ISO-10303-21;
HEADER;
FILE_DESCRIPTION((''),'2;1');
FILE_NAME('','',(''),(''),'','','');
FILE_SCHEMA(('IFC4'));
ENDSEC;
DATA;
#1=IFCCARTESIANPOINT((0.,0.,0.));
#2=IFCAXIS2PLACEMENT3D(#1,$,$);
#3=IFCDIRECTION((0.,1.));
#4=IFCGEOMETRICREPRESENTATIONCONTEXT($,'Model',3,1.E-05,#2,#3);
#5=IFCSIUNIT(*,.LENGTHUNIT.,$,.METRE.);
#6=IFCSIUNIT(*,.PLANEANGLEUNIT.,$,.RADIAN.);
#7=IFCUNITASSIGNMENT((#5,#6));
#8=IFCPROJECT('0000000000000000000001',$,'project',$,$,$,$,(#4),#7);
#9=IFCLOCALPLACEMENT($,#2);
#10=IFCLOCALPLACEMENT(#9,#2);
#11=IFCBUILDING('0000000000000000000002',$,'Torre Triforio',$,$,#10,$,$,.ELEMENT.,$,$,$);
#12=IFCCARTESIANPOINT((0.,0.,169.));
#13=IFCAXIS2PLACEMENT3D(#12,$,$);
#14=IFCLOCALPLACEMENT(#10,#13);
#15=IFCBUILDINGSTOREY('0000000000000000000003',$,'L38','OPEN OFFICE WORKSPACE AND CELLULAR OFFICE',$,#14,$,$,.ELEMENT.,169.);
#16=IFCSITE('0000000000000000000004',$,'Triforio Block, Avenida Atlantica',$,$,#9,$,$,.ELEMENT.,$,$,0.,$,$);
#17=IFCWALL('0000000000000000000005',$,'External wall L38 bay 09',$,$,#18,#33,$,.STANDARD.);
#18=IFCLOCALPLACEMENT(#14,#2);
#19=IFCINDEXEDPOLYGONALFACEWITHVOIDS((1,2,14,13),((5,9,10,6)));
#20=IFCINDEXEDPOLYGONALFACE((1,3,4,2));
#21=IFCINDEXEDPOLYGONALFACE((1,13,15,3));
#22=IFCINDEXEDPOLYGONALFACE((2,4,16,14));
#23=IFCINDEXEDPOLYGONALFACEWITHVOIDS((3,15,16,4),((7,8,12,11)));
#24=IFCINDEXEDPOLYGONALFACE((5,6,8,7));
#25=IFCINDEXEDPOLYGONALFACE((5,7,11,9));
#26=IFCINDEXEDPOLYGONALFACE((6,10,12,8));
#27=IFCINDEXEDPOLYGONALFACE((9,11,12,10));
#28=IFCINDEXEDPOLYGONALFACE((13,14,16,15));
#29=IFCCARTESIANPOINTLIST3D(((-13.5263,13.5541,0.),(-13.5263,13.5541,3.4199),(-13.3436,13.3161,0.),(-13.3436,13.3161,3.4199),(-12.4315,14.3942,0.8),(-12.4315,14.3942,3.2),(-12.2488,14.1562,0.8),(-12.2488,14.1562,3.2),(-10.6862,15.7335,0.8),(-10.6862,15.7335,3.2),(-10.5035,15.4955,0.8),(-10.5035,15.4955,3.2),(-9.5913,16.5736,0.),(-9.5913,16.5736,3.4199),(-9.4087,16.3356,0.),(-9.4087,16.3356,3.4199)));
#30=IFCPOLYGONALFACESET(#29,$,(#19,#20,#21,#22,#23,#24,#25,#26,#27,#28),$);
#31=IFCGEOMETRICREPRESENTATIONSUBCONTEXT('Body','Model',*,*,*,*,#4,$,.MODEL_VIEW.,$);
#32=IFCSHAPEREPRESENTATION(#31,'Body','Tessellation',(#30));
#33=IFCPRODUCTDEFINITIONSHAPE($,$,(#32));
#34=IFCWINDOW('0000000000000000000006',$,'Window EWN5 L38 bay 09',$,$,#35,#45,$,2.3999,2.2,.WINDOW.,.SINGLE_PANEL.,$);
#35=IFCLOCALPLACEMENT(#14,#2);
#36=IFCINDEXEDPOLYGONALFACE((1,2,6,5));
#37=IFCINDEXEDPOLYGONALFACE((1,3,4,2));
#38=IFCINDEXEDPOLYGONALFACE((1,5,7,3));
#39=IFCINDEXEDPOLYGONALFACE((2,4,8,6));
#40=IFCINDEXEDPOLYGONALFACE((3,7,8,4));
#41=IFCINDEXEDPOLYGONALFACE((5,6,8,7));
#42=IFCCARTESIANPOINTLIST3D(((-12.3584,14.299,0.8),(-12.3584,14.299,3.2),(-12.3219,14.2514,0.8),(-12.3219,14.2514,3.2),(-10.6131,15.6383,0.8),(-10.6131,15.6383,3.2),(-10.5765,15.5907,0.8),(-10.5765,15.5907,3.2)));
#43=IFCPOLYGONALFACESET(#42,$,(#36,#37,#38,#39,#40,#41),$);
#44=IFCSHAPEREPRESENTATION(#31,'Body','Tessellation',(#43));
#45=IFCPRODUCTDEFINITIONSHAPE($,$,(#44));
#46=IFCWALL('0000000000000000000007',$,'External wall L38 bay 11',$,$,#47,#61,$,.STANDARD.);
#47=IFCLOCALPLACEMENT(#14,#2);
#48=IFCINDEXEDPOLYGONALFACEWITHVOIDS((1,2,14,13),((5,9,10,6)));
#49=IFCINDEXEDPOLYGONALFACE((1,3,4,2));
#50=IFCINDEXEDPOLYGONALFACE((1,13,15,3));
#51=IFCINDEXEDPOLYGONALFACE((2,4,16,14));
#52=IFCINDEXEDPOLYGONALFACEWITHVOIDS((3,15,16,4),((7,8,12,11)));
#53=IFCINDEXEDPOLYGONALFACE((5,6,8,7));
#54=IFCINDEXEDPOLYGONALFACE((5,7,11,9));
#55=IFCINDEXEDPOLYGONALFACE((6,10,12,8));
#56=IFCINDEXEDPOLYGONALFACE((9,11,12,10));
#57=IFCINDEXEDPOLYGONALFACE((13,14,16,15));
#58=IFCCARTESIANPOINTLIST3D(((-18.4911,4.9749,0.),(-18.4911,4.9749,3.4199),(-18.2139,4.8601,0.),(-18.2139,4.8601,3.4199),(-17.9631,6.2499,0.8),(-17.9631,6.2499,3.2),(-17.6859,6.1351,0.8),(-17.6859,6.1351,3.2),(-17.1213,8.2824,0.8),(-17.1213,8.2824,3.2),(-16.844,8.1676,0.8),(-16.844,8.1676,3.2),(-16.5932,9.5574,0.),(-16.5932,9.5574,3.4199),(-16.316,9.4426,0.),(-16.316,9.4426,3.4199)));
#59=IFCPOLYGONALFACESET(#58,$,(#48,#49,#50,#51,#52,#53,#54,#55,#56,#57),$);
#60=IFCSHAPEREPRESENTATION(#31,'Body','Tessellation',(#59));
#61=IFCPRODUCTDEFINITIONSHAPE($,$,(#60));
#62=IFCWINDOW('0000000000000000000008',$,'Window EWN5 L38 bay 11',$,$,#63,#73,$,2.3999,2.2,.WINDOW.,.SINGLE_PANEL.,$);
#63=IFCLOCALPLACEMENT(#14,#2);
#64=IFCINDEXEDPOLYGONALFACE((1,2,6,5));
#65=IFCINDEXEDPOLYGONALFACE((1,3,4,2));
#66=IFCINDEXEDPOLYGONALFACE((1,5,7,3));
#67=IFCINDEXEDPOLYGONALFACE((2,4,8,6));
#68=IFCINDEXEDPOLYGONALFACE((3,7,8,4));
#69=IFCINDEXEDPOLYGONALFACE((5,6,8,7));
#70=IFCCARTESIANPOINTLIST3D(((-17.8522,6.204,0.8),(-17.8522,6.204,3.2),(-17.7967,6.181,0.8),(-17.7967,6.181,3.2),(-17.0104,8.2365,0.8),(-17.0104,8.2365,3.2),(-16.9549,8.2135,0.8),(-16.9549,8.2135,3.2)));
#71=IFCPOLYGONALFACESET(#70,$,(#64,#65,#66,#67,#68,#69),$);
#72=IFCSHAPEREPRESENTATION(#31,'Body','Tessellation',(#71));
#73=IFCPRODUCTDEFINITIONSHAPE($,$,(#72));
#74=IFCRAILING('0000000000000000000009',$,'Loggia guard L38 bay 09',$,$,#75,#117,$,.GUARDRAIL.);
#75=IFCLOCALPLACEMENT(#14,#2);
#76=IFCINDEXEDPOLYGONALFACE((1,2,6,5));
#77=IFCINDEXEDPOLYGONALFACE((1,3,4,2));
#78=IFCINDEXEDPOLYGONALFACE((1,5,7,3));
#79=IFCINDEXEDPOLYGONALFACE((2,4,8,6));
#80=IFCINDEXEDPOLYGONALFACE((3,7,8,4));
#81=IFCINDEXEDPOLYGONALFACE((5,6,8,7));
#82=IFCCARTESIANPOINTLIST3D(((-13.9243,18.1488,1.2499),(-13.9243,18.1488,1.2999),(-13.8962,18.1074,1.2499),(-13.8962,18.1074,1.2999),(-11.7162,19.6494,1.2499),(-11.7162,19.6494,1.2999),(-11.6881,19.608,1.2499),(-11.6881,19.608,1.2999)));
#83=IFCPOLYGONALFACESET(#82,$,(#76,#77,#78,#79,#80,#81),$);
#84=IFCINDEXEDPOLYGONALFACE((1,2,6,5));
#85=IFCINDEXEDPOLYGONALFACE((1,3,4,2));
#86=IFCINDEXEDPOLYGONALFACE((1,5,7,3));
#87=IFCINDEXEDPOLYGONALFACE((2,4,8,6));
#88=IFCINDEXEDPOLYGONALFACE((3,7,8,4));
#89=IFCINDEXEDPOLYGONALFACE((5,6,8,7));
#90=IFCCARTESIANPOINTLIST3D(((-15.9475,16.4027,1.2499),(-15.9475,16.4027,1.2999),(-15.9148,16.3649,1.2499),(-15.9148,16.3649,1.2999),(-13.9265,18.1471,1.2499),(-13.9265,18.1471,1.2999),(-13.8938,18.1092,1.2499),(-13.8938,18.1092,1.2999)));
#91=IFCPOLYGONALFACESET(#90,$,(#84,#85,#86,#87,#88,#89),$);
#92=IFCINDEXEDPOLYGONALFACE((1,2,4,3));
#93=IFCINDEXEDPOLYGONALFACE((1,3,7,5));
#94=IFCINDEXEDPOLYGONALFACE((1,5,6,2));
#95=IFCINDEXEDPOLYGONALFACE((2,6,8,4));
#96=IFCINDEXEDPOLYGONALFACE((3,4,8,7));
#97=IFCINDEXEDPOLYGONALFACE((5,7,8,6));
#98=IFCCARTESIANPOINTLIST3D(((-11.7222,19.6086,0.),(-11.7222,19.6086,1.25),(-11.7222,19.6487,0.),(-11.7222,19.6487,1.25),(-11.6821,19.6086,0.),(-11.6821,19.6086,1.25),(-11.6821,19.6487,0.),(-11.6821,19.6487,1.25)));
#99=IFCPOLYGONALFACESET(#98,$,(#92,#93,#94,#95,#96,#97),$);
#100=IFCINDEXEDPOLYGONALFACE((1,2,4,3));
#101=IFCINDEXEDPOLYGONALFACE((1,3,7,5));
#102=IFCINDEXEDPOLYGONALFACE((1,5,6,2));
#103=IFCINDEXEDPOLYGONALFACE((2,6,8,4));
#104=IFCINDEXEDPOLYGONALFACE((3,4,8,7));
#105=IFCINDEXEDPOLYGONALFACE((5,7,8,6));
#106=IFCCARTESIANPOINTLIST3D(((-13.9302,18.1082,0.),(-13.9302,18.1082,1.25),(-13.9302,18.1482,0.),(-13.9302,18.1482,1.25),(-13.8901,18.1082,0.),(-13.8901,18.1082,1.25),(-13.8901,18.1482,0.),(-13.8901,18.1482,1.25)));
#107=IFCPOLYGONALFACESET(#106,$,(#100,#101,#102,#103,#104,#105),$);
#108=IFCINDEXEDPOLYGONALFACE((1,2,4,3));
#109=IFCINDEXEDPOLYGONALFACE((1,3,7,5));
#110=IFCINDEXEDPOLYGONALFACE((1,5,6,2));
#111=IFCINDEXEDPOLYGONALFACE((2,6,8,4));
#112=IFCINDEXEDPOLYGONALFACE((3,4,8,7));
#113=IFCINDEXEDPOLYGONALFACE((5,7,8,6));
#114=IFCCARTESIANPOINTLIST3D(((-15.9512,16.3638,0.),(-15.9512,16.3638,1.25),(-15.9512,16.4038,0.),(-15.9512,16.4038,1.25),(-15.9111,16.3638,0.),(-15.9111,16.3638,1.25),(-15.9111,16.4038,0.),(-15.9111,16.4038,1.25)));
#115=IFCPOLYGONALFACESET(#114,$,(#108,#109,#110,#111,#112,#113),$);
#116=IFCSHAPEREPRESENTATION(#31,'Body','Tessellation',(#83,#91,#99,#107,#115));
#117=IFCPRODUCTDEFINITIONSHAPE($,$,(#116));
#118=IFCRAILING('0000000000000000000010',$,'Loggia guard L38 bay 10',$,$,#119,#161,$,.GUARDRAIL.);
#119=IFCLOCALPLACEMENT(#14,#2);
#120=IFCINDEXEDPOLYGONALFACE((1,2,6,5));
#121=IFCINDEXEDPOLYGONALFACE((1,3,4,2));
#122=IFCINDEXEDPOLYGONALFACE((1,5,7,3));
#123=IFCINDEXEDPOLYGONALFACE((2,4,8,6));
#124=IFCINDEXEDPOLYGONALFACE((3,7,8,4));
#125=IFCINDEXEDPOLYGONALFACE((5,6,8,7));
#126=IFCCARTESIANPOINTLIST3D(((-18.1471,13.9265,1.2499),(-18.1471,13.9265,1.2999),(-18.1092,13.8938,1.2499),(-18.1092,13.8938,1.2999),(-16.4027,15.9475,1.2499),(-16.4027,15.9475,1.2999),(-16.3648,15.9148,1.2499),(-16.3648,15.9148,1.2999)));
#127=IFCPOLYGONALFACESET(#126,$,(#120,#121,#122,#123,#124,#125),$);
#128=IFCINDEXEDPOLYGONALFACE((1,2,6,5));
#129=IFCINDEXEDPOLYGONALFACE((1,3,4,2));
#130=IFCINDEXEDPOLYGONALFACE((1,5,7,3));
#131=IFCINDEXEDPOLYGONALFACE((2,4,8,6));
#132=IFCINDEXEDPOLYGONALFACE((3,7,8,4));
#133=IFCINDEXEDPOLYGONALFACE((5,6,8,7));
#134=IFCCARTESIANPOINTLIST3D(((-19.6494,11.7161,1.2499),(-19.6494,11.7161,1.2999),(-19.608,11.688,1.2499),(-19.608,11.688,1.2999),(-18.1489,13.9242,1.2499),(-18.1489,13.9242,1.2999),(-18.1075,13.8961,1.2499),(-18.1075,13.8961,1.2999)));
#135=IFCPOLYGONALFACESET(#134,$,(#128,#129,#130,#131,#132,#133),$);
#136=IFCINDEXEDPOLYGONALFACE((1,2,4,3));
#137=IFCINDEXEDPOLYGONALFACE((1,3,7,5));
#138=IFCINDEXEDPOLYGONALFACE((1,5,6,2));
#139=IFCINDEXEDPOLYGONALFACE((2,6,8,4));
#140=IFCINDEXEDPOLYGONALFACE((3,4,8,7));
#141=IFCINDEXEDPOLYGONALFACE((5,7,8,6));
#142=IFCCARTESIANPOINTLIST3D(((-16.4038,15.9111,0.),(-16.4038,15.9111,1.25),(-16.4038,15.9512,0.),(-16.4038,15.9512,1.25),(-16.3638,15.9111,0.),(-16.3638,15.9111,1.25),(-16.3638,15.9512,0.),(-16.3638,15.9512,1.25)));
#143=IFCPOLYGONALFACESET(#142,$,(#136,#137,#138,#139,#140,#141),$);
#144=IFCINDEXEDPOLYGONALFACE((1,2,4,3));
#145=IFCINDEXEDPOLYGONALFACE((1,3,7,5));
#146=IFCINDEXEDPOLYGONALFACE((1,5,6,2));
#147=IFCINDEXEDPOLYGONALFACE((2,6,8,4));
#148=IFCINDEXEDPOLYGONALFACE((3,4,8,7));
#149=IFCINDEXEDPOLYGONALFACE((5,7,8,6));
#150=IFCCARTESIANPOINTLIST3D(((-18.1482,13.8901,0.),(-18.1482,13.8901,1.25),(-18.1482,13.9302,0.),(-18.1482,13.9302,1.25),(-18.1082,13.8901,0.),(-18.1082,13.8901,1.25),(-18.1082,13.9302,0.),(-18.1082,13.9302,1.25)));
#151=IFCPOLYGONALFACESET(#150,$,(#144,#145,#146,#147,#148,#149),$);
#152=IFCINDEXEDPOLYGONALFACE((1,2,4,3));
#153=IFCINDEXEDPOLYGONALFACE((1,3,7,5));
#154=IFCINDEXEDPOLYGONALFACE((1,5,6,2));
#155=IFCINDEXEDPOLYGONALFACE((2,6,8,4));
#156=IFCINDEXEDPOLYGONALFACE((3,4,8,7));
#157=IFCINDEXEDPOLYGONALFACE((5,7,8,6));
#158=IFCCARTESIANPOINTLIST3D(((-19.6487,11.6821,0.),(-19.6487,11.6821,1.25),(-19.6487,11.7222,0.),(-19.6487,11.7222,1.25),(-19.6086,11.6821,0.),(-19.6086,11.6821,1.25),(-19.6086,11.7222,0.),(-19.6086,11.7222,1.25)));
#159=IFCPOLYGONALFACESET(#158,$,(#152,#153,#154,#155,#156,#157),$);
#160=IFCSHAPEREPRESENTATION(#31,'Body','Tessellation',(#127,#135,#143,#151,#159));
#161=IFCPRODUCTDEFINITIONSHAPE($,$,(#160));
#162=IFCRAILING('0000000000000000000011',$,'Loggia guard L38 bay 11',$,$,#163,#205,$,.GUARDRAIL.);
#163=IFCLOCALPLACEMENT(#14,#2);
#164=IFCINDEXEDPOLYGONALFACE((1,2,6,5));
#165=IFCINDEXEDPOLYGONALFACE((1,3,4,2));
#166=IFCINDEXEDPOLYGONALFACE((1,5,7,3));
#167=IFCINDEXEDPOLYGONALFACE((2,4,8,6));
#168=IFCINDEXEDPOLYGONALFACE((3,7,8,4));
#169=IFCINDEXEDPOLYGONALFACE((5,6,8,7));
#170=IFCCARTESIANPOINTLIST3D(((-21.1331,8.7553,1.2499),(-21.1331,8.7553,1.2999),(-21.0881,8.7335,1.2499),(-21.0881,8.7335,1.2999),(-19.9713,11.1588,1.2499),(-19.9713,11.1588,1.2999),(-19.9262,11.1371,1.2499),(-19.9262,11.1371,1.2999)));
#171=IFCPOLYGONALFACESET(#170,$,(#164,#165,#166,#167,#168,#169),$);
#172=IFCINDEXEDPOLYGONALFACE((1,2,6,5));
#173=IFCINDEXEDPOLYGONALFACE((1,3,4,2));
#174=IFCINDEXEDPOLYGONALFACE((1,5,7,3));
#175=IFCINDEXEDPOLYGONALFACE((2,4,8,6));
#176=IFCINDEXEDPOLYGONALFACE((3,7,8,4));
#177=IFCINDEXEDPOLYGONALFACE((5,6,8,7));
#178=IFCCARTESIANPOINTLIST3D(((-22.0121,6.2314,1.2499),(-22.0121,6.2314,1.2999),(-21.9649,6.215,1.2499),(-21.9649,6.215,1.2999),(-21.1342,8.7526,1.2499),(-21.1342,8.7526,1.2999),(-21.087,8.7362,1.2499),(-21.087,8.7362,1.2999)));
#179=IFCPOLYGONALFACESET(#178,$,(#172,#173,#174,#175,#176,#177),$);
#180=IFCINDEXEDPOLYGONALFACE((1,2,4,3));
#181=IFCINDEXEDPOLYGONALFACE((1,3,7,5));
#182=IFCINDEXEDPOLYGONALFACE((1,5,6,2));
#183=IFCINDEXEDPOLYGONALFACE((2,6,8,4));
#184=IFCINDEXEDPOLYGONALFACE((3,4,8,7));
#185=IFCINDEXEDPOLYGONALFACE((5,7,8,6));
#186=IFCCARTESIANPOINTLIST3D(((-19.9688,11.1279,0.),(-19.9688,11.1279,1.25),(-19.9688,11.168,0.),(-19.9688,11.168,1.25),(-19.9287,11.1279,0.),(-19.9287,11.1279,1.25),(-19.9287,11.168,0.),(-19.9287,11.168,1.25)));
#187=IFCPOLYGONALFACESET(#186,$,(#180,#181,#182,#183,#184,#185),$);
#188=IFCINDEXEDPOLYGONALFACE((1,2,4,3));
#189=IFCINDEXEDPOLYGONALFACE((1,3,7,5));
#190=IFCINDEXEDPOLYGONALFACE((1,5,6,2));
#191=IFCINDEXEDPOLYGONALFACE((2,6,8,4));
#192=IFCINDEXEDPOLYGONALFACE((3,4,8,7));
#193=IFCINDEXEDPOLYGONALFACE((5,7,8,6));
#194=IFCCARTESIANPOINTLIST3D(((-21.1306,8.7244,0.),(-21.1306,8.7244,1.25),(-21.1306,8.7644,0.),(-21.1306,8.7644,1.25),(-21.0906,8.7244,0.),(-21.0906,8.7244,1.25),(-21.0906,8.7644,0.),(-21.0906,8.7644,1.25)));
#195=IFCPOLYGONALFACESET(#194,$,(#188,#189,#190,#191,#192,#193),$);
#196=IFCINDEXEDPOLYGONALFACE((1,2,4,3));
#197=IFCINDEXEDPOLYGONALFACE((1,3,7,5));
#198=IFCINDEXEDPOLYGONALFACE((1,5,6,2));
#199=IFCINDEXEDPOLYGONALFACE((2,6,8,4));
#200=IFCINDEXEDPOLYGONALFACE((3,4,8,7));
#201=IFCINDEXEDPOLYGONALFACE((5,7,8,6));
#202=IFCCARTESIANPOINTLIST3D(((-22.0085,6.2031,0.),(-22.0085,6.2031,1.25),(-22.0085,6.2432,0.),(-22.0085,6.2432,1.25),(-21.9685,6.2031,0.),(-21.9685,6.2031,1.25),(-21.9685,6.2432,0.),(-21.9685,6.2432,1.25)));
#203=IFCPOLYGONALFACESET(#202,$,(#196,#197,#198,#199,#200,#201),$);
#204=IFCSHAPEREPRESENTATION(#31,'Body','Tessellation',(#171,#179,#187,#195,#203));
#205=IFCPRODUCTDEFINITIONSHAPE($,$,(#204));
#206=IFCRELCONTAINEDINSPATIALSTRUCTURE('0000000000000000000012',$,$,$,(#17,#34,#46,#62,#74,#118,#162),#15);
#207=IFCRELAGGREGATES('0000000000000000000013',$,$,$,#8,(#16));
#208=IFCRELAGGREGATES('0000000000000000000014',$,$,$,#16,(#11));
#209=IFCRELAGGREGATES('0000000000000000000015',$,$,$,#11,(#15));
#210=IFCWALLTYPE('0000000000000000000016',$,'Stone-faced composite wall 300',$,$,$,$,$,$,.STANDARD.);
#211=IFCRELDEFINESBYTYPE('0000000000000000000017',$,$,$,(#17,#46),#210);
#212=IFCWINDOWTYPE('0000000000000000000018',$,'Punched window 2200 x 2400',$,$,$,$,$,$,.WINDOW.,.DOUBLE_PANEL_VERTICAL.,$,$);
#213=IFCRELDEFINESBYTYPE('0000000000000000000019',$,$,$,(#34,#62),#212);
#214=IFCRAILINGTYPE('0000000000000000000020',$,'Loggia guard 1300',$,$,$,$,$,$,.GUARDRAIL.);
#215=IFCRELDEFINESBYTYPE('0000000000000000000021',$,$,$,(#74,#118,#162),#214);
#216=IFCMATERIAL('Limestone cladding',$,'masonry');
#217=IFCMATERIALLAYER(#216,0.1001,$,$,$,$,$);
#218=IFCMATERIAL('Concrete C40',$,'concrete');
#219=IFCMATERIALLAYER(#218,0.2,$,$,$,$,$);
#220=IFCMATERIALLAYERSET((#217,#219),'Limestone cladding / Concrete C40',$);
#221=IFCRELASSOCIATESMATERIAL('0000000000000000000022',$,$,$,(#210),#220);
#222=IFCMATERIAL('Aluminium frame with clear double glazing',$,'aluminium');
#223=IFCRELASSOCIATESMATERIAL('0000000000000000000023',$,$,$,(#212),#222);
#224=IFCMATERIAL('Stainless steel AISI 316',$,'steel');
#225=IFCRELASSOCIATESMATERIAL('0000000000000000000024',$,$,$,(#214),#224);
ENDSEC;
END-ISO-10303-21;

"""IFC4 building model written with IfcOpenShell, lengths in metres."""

from ifc_helpers import new_model, si_unit, direction, frame, frame_2d, origin, origin_2d, place, context, subcontext, project, spatial, rectangle, extrude, material, layer, layer_set, type_object, element, fill, save


model = new_model("IFC4")

# Units and contexts
model_context = context("Model", 3, precision=1e-05, world=origin(), true_north=direction((0.0, 1.0)))
body_context = subcontext(model_context, "Body", "Model", "MODEL_VIEW")
ifc_project = project(units=[si_unit("LENGTHUNIT", "METRE"), si_unit("PLANEANGLEUNIT", "RADIAN")], contexts=[model_context])

# Site, building, storey
site_placement = place(None, origin())
site = spatial("IfcSite", under=ifc_project, at=site_placement, Name="Triforio Block, Avenida Atlantica", CompositionType="ELEMENT", RefElevation=0.0)
building_placement = place(site_placement, origin())
building = spatial("IfcBuilding", under=site, at=building_placement, Name="Torre Triforio", CompositionType="ELEMENT")
storey_placement = place(building_placement, frame((0.0, 0.0, 169.0)))
storey = spatial("IfcBuildingStorey", under=building, at=storey_placement, Name="L38", Description="OPEN OFFICE WORKSPACE AND CELLULAR OFFICE", CompositionType="ELEMENT", Elevation=169.0)

# Shared definitions
ifc_material_1 = material(Name="Concrete C40", Category="concrete")

# Shared definitions
ifc_material_2 = material(Name="Limestone cladding", Category="masonry")

# Wall, opening, window
ifc_layer_1 = layer(ifc_material_2, 0.1001)
ifc_layer_2 = layer(ifc_material_1, 0.2)
ifc_layer_set_1 = layer_set([ifc_layer_1, ifc_layer_2], Name="Limestone cladding / Concrete C40")
wall_type_1 = type_object("IfcWallType", Name="Stone-faced composite wall 300", PredefinedType="STANDARD", material=ifc_layer_set_1)
wall_1_placement = place(storey_placement, frame((-9.5, 16.4546, 0.0), z_axis=(0.0, 0.0, 1.0), x_axis=(-0.793348, -0.608768, 0.0)))
wall_1 = element("IfcWall", 1, at=wall_1_placement, inside=storey, type_object=wall_type_1, Name="External wall L38 bay 09", PredefinedType="STANDARD", context=body_context, shape_type="SweptSolid", body=[
    extrude(rectangle(XDim=4.96, YDim=0.3, at=frame_2d((2.48, 0.0))), origin(), (0.0, 0.0, 1.0), 3.4199),
])
opening_1_placement = place(wall_1_placement, frame((1.3799, 0.0, 0.8)))
opening_1 = element("IfcOpeningElement", 2, at=opening_1_placement, cuts=wall_1, PredefinedType="OPENING", context=body_context, shape_type="SweptSolid", body=[
    extrude(rectangle(XDim=2.2, YDim=2.3999, at=frame_2d((1.1001, 1.2))), frame((0.0, 0.1599, 0.0), z_axis=(0.0, -1.0, 0.0), x_axis=(1.0, 0.0, 0.0)), (0.0, 0.0, 1.0), 0.3201),
])
ifc_material_3 = material(Name="Aluminium frame with clear double glazing", Category="aluminium")
window_type_1 = type_object("IfcWindowType", Name="Punched window 2200 x 2400", PartitioningType="DOUBLE_PANEL_VERTICAL", PredefinedType="WINDOW", material=ifc_material_3)
window_1_placement = place(opening_1_placement, origin())
window_1 = element("IfcWindow", 3, at=window_1_placement, inside=storey, type_object=window_type_1, Name="Window EWN5 L38 bay 09", OverallHeight=2.3999, OverallWidth=2.2, PartitioningType="SINGLE_PANEL", PredefinedType="WINDOW", context=body_context, shape_type="SweptSolid", body=[
    extrude(rectangle(XDim=2.2, YDim=2.3999, at=frame_2d((1.1001, 1.2))), frame((0.0, 0.03, 0.0), z_axis=(0.0, -1.0, 0.0), x_axis=(1.0, 0.0, 0.0)), (0.0, 0.0, 1.0), 0.0601),
])
fill(opening_1, window_1)

# Wall, opening, window
wall_2_placement = place(storey_placement, frame((-16.4546, 9.5, 0.0), z_axis=(0.0, 0.0, 1.0), x_axis=(-0.38265, -0.923893, 0.0)))
wall_2 = element("IfcWall", 4, at=wall_2_placement, inside=storey, type_object=wall_type_1, Name="External wall L38 bay 11", PredefinedType="STANDARD", context=body_context, shape_type="SweptSolid", body=[
    extrude(rectangle(XDim=4.96, YDim=0.3, at=frame_2d((2.48, 0.0))), origin(), (0.0, 0.0, 1.0), 3.4199),
])
opening_2_placement = place(wall_2_placement, frame((1.3799, 0.0, 0.8)))
opening_2 = element("IfcOpeningElement", 5, at=opening_2_placement, cuts=wall_2, PredefinedType="OPENING", context=body_context, shape_type="SweptSolid", body=[
    extrude(rectangle(XDim=2.2, YDim=2.3999, at=frame_2d((1.1001, 1.2))), frame((0.0, 0.1599, 0.0), z_axis=(0.0, -1.0, 0.0), x_axis=(1.0, 0.0, 0.0)), (0.0, 0.0, 1.0), 0.3201),
])
window_2_placement = place(opening_2_placement, origin())
window_2 = element("IfcWindow", 6, at=window_2_placement, inside=storey, type_object=window_type_1, Name="Window EWN5 L38 bay 11", OverallHeight=2.3999, OverallWidth=2.2, PartitioningType="SINGLE_PANEL", PredefinedType="WINDOW", context=body_context, shape_type="SweptSolid", body=[
    extrude(rectangle(XDim=2.2, YDim=2.3999, at=frame_2d((1.1001, 1.2))), frame((0.0, 0.03, 0.0), z_axis=(0.0, -1.0, 0.0), x_axis=(1.0, 0.0, 0.0)), (0.0, 0.0, 1.0), 0.0601),
])
fill(opening_2, window_2)

# Railings
ifc_material_4 = material(Name="Stainless steel AISI 316", Category="steel")
railing_type = type_object("IfcRailingType", Name="Loggia guard 1300", PredefinedType="GUARDRAIL", material=ifc_material_4)
railing_1_placement = place(storey_placement, frame((-11.7021, 19.6287, 0.0)))
element("IfcRailing", 7, at=railing_1_placement, inside=storey, type_object=railing_type, Name="Loggia guard L38 bay 09", PredefinedType="GUARDRAIL", context=body_context, shape_type="SweptSolid", body=[
    extrude(rectangle(XDim=0.05, YDim=0.05, at=origin_2d()), frame((0.0, 0.0, 1.2749), z_axis=(-0.827093, -0.562065, 0.0), x_axis=(0.562065, -0.827093, 0.0)), (0.0, 0.0, 1.0), 2.6697),
    extrude(rectangle(XDim=0.05, YDim=0.05, at=origin_2d()), frame((-2.208, -1.5005, 1.2749), z_axis=(-0.757012, -0.653401, 0.0), x_axis=(0.653401, -0.757012, 0.0)), (0.0, 0.0, 1.0), 2.6697),
    extrude(rectangle(XDim=0.04, YDim=0.04, at=origin_2d()), origin(), (0.0, 0.0, 1.0), 1.25),
    extrude(rectangle(XDim=0.04, YDim=0.04, at=origin_2d()), frame((-2.208, -1.5005, 0.0)), (0.0, 0.0, 1.0), 1.25),
    extrude(rectangle(XDim=0.04, YDim=0.04, at=origin_2d()), frame((-4.229, -3.2449, 0.0)), (0.0, 0.0, 1.0), 1.25),
])
railing_2_placement = place(storey_placement, frame((-16.3838, 15.9312, 0.0)))
element("IfcRailing", 8, at=railing_2_placement, inside=storey, type_object=railing_type, Name="Loggia guard L38 bay 10", PredefinedType="GUARDRAIL", context=body_context, shape_type="SweptSolid", body=[
    extrude(rectangle(XDim=0.05, YDim=0.05, at=origin_2d()), frame((0.0, 0.0, 1.2749), z_axis=(-0.653401, -0.757012, 0.0), x_axis=(0.757012, -0.653401, 0.0)), (0.0, 0.0, 1.0), 2.6697),
    extrude(rectangle(XDim=0.05, YDim=0.05, at=origin_2d()), frame((-1.7444, -2.021, 1.2749), z_axis=(-0.562065, -0.827093, 0.0), x_axis=(0.827093, -0.562065, 0.0)), (0.0, 0.0, 1.0), 2.6697),
    extrude(rectangle(XDim=0.04, YDim=0.04, at=origin_2d()), origin(), (0.0, 0.0, 1.0), 1.25),
    extrude(rectangle(XDim=0.04, YDim=0.04, at=origin_2d()), frame((-1.7444, -2.021, 0.0)), (0.0, 0.0, 1.0), 1.25),
    extrude(rectangle(XDim=0.04, YDim=0.04, at=origin_2d()), frame((-3.2449, -4.229, 0.0)), (0.0, 0.0, 1.0), 1.25),
])
railing_3_placement = place(storey_placement, frame((-19.9487, 11.1479, 0.0)))
element("IfcRailing", 9, at=railing_3_placement, inside=storey, type_object=railing_type, Name="Loggia guard L38 bay 11", PredefinedType="GUARDRAIL", context=body_context, shape_type="SweptSolid", body=[
    extrude(rectangle(XDim=0.05, YDim=0.05, at=origin_2d()), frame((0.0, 0.0, 1.2749), z_axis=(-0.435212, -0.900328, 0.0), x_axis=(0.900328, -0.435212, 0.0)), (0.0, 0.0, 1.0), 2.6697),
    extrude(rectangle(XDim=0.05, YDim=0.05, at=origin_2d()), frame((-1.1619, -2.4036, 1.2749), z_axis=(-0.328847, -0.944383, 0.0), x_axis=(0.944383, -0.328847, 0.0)), (0.0, 0.0, 1.0), 2.6697),
    extrude(rectangle(XDim=0.04, YDim=0.04, at=origin_2d()), origin(), (0.0, 0.0, 1.0), 1.25),
    extrude(rectangle(XDim=0.04, YDim=0.04, at=origin_2d()), frame((-1.1619, -2.4036, 0.0)), (0.0, 0.0, 1.0), 1.25),
    extrude(rectangle(XDim=0.04, YDim=0.04, at=origin_2d()), frame((-2.0398, -4.9248, 0.0)), (0.0, 0.0, 1.0), 1.25),
])

save(model, "model.ifc")
